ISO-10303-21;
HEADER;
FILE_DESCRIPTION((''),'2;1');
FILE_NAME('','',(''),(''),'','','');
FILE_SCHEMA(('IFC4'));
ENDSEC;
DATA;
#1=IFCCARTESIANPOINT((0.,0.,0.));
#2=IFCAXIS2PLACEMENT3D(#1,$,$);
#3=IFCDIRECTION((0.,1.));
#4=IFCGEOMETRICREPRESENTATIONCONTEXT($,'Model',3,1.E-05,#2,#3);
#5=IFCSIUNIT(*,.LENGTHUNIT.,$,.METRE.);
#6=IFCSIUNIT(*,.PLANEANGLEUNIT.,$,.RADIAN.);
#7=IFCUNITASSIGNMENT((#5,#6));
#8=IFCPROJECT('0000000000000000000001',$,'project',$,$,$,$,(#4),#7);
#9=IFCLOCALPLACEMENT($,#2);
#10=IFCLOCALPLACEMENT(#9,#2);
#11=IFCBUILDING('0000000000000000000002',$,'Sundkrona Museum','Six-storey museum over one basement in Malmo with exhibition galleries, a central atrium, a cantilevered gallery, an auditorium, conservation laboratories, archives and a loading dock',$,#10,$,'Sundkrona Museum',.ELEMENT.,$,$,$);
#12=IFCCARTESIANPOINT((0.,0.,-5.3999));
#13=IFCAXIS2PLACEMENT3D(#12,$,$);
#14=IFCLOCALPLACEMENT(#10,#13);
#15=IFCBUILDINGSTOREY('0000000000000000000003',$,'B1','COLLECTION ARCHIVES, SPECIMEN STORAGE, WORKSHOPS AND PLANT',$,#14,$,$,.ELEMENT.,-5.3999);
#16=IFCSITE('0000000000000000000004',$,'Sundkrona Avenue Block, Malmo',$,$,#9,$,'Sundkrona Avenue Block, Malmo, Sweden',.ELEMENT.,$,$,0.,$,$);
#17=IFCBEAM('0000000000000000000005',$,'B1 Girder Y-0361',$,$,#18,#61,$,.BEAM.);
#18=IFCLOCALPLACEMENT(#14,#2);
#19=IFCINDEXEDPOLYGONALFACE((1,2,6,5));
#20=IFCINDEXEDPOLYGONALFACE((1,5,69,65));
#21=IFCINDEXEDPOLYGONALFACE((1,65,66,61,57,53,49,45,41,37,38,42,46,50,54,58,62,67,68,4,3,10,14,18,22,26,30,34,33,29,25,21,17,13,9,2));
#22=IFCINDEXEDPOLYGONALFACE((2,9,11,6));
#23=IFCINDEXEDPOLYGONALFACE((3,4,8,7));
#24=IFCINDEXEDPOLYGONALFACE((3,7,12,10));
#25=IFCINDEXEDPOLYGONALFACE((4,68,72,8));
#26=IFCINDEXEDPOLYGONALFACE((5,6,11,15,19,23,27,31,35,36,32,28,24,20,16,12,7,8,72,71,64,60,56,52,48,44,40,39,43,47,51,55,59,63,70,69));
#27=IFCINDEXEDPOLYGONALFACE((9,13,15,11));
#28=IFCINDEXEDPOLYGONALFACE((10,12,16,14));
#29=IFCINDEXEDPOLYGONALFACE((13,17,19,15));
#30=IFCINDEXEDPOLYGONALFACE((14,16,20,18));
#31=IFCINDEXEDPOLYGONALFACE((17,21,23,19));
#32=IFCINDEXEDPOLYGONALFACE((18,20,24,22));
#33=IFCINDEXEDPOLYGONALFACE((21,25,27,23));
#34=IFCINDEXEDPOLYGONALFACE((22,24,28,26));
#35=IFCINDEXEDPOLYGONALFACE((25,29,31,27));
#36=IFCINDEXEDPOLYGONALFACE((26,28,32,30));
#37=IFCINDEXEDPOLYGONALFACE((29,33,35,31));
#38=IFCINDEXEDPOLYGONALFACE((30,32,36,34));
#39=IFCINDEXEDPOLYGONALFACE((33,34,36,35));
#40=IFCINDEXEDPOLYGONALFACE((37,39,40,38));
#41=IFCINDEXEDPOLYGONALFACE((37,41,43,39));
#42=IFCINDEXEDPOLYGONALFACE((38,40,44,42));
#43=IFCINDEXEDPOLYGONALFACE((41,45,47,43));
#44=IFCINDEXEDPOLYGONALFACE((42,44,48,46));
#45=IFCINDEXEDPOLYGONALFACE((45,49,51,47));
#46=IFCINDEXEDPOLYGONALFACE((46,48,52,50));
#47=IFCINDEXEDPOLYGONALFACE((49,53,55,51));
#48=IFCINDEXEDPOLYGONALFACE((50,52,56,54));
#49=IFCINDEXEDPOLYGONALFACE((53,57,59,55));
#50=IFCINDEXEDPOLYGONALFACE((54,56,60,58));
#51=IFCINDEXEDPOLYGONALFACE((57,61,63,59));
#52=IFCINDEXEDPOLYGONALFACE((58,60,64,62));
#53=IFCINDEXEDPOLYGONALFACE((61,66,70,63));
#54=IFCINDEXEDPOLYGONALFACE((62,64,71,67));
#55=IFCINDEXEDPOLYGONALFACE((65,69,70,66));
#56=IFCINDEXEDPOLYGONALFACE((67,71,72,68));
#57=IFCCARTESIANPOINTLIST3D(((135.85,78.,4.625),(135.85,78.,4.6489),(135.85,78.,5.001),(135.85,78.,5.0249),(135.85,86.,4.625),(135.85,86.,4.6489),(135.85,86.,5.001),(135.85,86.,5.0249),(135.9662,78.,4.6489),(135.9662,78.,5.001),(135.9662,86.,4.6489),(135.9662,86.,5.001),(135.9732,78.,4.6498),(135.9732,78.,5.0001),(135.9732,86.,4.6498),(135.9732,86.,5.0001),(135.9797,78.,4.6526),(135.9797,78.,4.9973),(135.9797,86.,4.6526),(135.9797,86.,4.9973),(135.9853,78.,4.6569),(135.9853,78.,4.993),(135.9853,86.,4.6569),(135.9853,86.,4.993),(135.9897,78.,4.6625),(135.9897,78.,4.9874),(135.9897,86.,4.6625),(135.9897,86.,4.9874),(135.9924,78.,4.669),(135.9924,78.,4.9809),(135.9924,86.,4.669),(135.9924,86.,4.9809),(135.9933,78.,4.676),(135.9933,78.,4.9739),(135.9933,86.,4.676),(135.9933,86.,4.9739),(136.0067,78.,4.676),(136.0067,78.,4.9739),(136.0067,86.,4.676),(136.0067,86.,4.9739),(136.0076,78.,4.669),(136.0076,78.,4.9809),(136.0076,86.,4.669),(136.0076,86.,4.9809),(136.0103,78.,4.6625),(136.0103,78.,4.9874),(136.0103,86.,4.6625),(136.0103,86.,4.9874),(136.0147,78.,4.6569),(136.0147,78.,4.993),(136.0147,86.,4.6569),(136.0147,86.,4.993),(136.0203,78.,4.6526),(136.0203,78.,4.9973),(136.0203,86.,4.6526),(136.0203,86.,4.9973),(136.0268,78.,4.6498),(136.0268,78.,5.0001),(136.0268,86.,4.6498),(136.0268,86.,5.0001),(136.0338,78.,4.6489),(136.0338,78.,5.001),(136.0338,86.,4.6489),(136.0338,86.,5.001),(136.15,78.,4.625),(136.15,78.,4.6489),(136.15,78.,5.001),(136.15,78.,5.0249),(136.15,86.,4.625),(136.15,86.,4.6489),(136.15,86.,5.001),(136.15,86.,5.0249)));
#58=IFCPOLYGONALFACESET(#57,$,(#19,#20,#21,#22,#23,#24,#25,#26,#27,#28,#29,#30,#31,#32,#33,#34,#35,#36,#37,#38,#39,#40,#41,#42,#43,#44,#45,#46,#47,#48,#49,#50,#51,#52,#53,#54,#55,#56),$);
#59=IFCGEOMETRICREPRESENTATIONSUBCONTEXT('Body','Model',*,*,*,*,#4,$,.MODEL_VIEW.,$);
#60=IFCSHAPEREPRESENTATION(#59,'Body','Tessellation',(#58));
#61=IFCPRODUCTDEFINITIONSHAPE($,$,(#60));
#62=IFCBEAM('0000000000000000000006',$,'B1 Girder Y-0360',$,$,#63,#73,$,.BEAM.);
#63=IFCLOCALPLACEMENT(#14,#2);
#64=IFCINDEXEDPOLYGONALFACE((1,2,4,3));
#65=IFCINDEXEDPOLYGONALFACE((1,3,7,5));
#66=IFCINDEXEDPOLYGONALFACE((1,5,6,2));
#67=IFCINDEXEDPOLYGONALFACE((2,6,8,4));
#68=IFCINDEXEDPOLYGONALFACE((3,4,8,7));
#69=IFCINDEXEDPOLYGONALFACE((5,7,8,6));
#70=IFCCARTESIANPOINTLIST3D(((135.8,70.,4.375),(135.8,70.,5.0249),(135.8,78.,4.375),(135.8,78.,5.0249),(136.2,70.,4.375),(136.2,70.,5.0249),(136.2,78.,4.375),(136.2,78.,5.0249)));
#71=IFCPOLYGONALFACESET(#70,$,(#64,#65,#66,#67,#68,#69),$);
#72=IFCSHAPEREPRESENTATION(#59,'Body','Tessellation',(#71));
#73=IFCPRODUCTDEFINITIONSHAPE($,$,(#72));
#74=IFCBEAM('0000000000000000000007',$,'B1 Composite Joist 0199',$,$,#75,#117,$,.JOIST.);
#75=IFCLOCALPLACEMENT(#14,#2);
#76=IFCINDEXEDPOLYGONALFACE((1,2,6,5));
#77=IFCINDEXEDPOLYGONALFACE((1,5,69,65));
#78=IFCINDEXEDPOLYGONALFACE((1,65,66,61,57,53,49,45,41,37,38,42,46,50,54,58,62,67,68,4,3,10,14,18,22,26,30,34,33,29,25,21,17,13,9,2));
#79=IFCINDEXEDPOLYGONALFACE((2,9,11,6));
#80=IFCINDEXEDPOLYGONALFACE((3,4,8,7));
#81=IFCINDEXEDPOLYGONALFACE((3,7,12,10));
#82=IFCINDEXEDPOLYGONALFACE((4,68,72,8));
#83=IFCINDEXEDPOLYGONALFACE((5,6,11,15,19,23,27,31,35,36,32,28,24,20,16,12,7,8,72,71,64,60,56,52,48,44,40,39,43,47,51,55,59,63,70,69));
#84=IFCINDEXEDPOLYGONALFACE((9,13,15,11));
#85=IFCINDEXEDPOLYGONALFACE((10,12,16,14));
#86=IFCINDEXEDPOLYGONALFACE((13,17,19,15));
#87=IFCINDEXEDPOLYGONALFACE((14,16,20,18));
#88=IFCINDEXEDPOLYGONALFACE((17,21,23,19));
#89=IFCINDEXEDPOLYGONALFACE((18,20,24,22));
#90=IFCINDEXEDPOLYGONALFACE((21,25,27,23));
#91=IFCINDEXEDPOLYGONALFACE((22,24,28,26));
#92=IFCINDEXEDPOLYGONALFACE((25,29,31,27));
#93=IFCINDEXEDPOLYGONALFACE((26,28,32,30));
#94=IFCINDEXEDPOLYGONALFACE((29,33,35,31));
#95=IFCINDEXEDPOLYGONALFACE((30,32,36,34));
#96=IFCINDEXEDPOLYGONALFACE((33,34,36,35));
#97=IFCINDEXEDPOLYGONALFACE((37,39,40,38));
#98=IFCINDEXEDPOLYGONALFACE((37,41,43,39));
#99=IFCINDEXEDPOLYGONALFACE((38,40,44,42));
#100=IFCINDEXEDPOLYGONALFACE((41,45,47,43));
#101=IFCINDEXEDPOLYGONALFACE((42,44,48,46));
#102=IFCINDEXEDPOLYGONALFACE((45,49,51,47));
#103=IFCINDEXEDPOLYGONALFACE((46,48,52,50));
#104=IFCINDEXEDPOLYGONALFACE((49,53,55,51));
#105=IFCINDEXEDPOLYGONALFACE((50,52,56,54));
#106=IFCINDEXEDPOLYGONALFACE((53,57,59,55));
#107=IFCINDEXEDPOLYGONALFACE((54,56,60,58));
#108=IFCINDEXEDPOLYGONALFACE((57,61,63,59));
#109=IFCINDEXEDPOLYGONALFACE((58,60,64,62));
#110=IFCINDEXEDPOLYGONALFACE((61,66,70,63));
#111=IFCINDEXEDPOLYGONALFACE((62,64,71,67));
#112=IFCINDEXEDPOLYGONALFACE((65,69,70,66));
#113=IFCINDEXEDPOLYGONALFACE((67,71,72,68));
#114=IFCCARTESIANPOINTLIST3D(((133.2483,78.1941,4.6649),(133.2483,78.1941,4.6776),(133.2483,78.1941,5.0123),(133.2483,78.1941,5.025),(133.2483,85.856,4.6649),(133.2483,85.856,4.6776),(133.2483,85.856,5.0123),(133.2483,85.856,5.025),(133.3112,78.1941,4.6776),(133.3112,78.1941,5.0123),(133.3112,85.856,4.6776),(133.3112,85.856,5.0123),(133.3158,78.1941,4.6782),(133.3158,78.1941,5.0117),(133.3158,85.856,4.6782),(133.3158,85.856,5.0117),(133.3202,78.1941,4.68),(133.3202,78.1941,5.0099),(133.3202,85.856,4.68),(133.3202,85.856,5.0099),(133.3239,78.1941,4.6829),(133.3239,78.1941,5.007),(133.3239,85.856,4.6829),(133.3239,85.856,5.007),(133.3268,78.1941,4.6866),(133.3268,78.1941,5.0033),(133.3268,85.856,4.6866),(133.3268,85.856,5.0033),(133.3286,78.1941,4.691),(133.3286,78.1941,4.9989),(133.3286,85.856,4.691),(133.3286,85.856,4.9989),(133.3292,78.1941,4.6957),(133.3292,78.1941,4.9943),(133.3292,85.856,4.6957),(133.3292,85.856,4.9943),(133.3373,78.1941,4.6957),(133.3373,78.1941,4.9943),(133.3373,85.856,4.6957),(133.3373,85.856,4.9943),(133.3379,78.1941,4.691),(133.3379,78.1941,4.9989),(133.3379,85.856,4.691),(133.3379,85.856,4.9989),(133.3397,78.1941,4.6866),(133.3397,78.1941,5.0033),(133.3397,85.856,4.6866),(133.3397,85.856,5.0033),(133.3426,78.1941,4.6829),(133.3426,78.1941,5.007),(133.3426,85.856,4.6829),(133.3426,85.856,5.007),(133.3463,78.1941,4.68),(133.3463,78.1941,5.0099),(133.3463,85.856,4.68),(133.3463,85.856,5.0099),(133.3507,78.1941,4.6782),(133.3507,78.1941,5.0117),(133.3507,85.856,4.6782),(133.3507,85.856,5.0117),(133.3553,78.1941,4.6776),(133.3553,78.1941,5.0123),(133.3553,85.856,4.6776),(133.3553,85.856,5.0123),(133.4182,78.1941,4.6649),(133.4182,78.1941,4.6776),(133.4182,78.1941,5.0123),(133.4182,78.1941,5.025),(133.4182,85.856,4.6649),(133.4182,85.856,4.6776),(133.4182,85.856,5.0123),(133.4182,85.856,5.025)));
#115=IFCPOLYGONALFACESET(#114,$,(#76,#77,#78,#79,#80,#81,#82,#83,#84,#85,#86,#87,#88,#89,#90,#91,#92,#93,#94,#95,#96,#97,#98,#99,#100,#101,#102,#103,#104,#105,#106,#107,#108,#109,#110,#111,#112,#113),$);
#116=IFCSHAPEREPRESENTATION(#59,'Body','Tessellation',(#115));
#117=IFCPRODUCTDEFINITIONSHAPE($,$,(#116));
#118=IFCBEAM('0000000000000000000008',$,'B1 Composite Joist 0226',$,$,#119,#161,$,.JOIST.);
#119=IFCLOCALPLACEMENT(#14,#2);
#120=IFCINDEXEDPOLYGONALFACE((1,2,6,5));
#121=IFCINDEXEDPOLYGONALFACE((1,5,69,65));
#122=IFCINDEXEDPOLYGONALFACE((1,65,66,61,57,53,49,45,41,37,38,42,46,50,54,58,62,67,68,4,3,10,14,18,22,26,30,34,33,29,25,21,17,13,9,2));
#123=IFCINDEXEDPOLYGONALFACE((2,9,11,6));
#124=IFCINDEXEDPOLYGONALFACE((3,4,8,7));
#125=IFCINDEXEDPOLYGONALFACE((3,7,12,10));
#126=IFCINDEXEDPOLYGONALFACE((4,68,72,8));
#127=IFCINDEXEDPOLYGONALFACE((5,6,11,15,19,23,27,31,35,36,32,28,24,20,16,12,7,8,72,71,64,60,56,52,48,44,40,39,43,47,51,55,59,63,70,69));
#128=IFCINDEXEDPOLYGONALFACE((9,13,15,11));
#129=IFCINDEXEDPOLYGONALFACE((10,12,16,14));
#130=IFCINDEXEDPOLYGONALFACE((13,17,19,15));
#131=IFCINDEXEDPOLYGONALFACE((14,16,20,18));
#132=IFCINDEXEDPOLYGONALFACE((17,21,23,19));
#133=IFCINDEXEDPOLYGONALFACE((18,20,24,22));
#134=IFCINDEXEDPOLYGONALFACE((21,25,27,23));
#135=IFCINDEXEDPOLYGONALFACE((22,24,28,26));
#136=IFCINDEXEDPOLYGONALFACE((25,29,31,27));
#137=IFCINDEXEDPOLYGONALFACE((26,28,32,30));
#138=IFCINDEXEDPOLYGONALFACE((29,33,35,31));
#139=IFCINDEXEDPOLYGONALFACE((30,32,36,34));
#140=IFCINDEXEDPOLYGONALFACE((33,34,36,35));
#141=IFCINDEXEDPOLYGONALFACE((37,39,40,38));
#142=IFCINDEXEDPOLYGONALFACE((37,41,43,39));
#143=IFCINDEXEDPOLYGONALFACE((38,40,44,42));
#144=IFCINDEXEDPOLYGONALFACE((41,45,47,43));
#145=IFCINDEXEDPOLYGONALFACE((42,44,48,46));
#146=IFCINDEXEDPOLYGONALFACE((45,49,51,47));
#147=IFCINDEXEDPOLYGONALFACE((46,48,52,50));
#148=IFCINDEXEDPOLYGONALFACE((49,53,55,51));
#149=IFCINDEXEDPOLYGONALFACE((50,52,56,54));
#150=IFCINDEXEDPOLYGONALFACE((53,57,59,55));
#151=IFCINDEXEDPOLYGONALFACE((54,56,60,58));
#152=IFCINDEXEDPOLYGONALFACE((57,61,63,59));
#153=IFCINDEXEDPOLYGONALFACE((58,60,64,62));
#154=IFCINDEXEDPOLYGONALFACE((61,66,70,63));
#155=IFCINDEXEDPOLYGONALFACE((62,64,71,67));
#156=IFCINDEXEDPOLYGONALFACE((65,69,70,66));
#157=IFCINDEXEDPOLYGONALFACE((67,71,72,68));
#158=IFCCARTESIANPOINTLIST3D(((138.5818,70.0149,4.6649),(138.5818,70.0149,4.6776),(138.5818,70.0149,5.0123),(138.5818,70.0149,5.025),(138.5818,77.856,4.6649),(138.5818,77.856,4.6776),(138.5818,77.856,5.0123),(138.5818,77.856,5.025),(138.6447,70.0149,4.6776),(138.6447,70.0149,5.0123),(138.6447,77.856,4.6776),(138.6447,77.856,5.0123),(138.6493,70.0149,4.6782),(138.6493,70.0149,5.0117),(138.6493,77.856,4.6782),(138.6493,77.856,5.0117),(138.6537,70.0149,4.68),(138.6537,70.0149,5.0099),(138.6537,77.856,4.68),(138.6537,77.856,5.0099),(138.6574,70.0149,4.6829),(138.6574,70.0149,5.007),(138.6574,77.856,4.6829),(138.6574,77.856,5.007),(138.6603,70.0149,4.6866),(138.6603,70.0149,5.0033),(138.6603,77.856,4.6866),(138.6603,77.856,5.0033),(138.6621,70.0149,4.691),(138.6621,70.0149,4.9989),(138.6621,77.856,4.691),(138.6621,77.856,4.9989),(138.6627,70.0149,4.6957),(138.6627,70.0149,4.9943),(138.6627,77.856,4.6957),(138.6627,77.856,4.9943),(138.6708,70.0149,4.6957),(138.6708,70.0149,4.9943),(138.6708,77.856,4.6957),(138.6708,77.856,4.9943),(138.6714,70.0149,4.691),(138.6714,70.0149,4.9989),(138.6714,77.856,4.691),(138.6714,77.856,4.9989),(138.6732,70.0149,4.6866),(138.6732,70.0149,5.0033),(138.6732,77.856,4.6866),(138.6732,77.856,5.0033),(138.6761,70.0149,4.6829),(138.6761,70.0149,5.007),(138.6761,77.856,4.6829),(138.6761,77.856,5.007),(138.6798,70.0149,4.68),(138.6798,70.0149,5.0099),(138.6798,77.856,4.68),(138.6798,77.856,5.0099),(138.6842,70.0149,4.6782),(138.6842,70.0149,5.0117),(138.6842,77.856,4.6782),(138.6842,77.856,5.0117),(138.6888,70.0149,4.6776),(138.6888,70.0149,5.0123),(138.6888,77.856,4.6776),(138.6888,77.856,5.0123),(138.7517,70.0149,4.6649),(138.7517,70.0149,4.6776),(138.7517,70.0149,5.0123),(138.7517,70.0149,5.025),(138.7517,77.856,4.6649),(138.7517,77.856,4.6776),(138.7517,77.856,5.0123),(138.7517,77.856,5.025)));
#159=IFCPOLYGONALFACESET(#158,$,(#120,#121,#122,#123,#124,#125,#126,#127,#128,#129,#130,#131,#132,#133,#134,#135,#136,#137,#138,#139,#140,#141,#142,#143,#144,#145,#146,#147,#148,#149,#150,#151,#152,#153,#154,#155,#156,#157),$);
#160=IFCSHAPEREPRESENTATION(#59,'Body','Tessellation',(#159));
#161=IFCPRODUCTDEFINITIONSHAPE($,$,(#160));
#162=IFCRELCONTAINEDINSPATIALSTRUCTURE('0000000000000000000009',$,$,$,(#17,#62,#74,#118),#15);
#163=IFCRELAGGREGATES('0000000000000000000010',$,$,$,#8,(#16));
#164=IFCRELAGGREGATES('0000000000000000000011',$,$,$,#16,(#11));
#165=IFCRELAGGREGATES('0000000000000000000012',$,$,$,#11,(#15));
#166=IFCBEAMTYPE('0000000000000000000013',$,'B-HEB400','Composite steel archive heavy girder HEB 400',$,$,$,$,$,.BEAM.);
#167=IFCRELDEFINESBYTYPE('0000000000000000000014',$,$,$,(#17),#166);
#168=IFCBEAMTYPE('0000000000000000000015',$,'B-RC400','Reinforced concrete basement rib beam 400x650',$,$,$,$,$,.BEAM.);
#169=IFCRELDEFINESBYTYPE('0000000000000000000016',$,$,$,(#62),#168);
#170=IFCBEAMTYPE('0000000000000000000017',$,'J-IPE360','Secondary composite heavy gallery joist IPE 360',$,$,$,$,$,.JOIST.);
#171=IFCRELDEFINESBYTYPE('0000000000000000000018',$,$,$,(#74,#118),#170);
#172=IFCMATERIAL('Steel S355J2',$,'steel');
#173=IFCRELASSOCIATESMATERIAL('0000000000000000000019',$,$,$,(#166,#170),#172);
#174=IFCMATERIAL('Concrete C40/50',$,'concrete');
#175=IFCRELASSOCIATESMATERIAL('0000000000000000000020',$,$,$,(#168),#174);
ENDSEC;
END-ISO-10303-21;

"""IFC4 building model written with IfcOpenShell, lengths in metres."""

from ifc_helpers import new_model, si_unit, direction, frame, origin, origin_2d, place, context, subcontext, project, spatial, rectangle, i_section, extrude, material, material_profile, profile_set, type_object, element, save


model = new_model("IFC4")

# Units and contexts
model_context = context("Model", 3, precision=1e-05, world=origin(), true_north=direction((0.0, 1.0)))
body_context = subcontext(model_context, "Body", "Model", "MODEL_VIEW")
ifc_project = project(units=[si_unit("LENGTHUNIT", "METRE"), si_unit("PLANEANGLEUNIT", "RADIAN")], contexts=[model_context])

# Site, building, storey
site_placement = place(None, origin())
site = spatial("IfcSite", under=ifc_project, at=site_placement, Name="Sundkrona Avenue Block, Malmo", LongName="Sundkrona Avenue Block, Malmo, Sweden", CompositionType="ELEMENT", RefElevation=0.0)
building_placement = place(site_placement, origin())
building = spatial("IfcBuilding", under=site, at=building_placement, Name="Sundkrona Museum", Description="Six-storey museum over one basement in Malmo with exhibition galleries, a central atrium, a cantilevered gallery, an auditorium, conservation laboratories, archives and a loading dock", LongName="Sundkrona Museum", CompositionType="ELEMENT")
storey_placement = place(building_placement, frame((0.0, 0.0, -5.3999)))
storey = spatial("IfcBuildingStorey", under=building, at=storey_placement, Name="B1", Description="COLLECTION ARCHIVES, SPECIMEN STORAGE, WORKSHOPS AND PLANT", CompositionType="ELEMENT", Elevation=-5.3999)

# Shared definitions
ifc_material_1 = material(Name="Concrete C40/50", Category="concrete")

# Beams
ifc_material_2 = material(Name="Steel S355J2", Category="steel")
ifc_material_profile_1 = material_profile(ifc_material_2, i_section(OverallWidth=0.3, OverallDepth=0.3999, WebThickness=0.0134, FlangeThickness=0.0239, FilletRadius=0.0271, at=origin_2d()), Name="HEB 400")
ifc_profile_set_1 = profile_set([ifc_material_profile_1], Name="Steel S355J2")
beam_type_1 = type_object("IfcBeamType", Name="B-HEB400", Description="Composite steel archive heavy girder HEB 400", PredefinedType="BEAM", material=ifc_profile_set_1)
for number, where, z_axis, x_axis, name in (
    (1, (136.0, 78.0, 4.825), (0.0, 1.0, 0.0), (-1.0, 0.0, 0.0), "B1 Girder Y-0361"),
):
    element("IfcBeam", number, at=place(storey_placement, frame(where, z_axis=z_axis, x_axis=x_axis)), inside=storey, type_object=beam_type_1, Name=name, PredefinedType="BEAM", context=body_context, shape_type="SweptSolid", body=[
        extrude(i_section(OverallWidth=0.3, OverallDepth=0.3999, WebThickness=0.0134, FlangeThickness=0.0239, FilletRadius=0.0271, at=origin_2d()), origin(), (0.0, 0.0, 1.0), 8.0),
    ])
ifc_material_profile_2 = material_profile(ifc_material_1, rectangle(XDim=0.3999, YDim=0.6499, at=origin_2d()), Name="RCB 400x650")
ifc_profile_set_2 = profile_set([ifc_material_profile_2], Name="Concrete C40/50")
beam_type_2 = type_object("IfcBeamType", Name="B-RC400", Description="Reinforced concrete basement rib beam 400x650", PredefinedType="BEAM", material=ifc_profile_set_2)
beam_1_placement = place(storey_placement, frame((136.0, 70.0, 4.7), z_axis=(0.0, 1.0, 0.0), x_axis=(-1.0, 0.0, 0.0)))
element("IfcBeam", 2, at=beam_1_placement, inside=storey, type_object=beam_type_2, Name="B1 Girder Y-0360", PredefinedType="BEAM", context=body_context, shape_type="SweptSolid", body=[
    extrude(rectangle(XDim=0.3999, YDim=0.6499, at=origin_2d()), origin(), (0.0, 0.0, 1.0), 8.0),
])
ifc_material_profile_3 = material_profile(ifc_material_2, i_section(OverallWidth=0.1699, OverallDepth=0.3601, WebThickness=0.0081, FlangeThickness=0.0127, FilletRadius=0.0181, at=origin_2d()), Name="IPE 360")
ifc_profile_set_3 = profile_set([ifc_material_profile_3], Name="Steel S355J2")
beam_type_3 = type_object("IfcBeamType", Name="J-IPE360", Description="Secondary composite heavy gallery joist IPE 360", PredefinedType="JOIST", material=ifc_profile_set_3)
beam_2_placement = place(storey_placement, frame((133.3333, 78.1941, 4.845), z_axis=(0.0, 1.0, 0.0), x_axis=(-1.0, 0.0, 0.0)))
element("IfcBeam", 3, at=beam_2_placement, inside=storey, type_object=beam_type_3, Name="B1 Composite Joist 0199", PredefinedType="JOIST", context=body_context, shape_type="SweptSolid", body=[
    extrude(i_section(OverallWidth=0.1699, OverallDepth=0.3601, WebThickness=0.0081, FlangeThickness=0.0127, FilletRadius=0.0181, at=origin_2d()), origin(), (0.0, 0.0, 1.0), 7.6619),
])
for number, where, z_axis, x_axis, name in (
    (4, (138.6667, 70.0149, 4.845), (0.0, 1.0, 0.0), (-1.0, 0.0, 0.0), "B1 Composite Joist 0226"),
):
    element("IfcBeam", number, at=place(storey_placement, frame(where, z_axis=z_axis, x_axis=x_axis)), inside=storey, type_object=beam_type_3, Name=name, PredefinedType="JOIST", context=body_context, shape_type="SweptSolid", body=[
        extrude(i_section(OverallWidth=0.1699, OverallDepth=0.3601, WebThickness=0.0081, FlangeThickness=0.0127, FilletRadius=0.0181, at=origin_2d()), origin(), (0.0, 0.0, 1.0), 7.8411),
    ])

save(model, "model.ifc")
